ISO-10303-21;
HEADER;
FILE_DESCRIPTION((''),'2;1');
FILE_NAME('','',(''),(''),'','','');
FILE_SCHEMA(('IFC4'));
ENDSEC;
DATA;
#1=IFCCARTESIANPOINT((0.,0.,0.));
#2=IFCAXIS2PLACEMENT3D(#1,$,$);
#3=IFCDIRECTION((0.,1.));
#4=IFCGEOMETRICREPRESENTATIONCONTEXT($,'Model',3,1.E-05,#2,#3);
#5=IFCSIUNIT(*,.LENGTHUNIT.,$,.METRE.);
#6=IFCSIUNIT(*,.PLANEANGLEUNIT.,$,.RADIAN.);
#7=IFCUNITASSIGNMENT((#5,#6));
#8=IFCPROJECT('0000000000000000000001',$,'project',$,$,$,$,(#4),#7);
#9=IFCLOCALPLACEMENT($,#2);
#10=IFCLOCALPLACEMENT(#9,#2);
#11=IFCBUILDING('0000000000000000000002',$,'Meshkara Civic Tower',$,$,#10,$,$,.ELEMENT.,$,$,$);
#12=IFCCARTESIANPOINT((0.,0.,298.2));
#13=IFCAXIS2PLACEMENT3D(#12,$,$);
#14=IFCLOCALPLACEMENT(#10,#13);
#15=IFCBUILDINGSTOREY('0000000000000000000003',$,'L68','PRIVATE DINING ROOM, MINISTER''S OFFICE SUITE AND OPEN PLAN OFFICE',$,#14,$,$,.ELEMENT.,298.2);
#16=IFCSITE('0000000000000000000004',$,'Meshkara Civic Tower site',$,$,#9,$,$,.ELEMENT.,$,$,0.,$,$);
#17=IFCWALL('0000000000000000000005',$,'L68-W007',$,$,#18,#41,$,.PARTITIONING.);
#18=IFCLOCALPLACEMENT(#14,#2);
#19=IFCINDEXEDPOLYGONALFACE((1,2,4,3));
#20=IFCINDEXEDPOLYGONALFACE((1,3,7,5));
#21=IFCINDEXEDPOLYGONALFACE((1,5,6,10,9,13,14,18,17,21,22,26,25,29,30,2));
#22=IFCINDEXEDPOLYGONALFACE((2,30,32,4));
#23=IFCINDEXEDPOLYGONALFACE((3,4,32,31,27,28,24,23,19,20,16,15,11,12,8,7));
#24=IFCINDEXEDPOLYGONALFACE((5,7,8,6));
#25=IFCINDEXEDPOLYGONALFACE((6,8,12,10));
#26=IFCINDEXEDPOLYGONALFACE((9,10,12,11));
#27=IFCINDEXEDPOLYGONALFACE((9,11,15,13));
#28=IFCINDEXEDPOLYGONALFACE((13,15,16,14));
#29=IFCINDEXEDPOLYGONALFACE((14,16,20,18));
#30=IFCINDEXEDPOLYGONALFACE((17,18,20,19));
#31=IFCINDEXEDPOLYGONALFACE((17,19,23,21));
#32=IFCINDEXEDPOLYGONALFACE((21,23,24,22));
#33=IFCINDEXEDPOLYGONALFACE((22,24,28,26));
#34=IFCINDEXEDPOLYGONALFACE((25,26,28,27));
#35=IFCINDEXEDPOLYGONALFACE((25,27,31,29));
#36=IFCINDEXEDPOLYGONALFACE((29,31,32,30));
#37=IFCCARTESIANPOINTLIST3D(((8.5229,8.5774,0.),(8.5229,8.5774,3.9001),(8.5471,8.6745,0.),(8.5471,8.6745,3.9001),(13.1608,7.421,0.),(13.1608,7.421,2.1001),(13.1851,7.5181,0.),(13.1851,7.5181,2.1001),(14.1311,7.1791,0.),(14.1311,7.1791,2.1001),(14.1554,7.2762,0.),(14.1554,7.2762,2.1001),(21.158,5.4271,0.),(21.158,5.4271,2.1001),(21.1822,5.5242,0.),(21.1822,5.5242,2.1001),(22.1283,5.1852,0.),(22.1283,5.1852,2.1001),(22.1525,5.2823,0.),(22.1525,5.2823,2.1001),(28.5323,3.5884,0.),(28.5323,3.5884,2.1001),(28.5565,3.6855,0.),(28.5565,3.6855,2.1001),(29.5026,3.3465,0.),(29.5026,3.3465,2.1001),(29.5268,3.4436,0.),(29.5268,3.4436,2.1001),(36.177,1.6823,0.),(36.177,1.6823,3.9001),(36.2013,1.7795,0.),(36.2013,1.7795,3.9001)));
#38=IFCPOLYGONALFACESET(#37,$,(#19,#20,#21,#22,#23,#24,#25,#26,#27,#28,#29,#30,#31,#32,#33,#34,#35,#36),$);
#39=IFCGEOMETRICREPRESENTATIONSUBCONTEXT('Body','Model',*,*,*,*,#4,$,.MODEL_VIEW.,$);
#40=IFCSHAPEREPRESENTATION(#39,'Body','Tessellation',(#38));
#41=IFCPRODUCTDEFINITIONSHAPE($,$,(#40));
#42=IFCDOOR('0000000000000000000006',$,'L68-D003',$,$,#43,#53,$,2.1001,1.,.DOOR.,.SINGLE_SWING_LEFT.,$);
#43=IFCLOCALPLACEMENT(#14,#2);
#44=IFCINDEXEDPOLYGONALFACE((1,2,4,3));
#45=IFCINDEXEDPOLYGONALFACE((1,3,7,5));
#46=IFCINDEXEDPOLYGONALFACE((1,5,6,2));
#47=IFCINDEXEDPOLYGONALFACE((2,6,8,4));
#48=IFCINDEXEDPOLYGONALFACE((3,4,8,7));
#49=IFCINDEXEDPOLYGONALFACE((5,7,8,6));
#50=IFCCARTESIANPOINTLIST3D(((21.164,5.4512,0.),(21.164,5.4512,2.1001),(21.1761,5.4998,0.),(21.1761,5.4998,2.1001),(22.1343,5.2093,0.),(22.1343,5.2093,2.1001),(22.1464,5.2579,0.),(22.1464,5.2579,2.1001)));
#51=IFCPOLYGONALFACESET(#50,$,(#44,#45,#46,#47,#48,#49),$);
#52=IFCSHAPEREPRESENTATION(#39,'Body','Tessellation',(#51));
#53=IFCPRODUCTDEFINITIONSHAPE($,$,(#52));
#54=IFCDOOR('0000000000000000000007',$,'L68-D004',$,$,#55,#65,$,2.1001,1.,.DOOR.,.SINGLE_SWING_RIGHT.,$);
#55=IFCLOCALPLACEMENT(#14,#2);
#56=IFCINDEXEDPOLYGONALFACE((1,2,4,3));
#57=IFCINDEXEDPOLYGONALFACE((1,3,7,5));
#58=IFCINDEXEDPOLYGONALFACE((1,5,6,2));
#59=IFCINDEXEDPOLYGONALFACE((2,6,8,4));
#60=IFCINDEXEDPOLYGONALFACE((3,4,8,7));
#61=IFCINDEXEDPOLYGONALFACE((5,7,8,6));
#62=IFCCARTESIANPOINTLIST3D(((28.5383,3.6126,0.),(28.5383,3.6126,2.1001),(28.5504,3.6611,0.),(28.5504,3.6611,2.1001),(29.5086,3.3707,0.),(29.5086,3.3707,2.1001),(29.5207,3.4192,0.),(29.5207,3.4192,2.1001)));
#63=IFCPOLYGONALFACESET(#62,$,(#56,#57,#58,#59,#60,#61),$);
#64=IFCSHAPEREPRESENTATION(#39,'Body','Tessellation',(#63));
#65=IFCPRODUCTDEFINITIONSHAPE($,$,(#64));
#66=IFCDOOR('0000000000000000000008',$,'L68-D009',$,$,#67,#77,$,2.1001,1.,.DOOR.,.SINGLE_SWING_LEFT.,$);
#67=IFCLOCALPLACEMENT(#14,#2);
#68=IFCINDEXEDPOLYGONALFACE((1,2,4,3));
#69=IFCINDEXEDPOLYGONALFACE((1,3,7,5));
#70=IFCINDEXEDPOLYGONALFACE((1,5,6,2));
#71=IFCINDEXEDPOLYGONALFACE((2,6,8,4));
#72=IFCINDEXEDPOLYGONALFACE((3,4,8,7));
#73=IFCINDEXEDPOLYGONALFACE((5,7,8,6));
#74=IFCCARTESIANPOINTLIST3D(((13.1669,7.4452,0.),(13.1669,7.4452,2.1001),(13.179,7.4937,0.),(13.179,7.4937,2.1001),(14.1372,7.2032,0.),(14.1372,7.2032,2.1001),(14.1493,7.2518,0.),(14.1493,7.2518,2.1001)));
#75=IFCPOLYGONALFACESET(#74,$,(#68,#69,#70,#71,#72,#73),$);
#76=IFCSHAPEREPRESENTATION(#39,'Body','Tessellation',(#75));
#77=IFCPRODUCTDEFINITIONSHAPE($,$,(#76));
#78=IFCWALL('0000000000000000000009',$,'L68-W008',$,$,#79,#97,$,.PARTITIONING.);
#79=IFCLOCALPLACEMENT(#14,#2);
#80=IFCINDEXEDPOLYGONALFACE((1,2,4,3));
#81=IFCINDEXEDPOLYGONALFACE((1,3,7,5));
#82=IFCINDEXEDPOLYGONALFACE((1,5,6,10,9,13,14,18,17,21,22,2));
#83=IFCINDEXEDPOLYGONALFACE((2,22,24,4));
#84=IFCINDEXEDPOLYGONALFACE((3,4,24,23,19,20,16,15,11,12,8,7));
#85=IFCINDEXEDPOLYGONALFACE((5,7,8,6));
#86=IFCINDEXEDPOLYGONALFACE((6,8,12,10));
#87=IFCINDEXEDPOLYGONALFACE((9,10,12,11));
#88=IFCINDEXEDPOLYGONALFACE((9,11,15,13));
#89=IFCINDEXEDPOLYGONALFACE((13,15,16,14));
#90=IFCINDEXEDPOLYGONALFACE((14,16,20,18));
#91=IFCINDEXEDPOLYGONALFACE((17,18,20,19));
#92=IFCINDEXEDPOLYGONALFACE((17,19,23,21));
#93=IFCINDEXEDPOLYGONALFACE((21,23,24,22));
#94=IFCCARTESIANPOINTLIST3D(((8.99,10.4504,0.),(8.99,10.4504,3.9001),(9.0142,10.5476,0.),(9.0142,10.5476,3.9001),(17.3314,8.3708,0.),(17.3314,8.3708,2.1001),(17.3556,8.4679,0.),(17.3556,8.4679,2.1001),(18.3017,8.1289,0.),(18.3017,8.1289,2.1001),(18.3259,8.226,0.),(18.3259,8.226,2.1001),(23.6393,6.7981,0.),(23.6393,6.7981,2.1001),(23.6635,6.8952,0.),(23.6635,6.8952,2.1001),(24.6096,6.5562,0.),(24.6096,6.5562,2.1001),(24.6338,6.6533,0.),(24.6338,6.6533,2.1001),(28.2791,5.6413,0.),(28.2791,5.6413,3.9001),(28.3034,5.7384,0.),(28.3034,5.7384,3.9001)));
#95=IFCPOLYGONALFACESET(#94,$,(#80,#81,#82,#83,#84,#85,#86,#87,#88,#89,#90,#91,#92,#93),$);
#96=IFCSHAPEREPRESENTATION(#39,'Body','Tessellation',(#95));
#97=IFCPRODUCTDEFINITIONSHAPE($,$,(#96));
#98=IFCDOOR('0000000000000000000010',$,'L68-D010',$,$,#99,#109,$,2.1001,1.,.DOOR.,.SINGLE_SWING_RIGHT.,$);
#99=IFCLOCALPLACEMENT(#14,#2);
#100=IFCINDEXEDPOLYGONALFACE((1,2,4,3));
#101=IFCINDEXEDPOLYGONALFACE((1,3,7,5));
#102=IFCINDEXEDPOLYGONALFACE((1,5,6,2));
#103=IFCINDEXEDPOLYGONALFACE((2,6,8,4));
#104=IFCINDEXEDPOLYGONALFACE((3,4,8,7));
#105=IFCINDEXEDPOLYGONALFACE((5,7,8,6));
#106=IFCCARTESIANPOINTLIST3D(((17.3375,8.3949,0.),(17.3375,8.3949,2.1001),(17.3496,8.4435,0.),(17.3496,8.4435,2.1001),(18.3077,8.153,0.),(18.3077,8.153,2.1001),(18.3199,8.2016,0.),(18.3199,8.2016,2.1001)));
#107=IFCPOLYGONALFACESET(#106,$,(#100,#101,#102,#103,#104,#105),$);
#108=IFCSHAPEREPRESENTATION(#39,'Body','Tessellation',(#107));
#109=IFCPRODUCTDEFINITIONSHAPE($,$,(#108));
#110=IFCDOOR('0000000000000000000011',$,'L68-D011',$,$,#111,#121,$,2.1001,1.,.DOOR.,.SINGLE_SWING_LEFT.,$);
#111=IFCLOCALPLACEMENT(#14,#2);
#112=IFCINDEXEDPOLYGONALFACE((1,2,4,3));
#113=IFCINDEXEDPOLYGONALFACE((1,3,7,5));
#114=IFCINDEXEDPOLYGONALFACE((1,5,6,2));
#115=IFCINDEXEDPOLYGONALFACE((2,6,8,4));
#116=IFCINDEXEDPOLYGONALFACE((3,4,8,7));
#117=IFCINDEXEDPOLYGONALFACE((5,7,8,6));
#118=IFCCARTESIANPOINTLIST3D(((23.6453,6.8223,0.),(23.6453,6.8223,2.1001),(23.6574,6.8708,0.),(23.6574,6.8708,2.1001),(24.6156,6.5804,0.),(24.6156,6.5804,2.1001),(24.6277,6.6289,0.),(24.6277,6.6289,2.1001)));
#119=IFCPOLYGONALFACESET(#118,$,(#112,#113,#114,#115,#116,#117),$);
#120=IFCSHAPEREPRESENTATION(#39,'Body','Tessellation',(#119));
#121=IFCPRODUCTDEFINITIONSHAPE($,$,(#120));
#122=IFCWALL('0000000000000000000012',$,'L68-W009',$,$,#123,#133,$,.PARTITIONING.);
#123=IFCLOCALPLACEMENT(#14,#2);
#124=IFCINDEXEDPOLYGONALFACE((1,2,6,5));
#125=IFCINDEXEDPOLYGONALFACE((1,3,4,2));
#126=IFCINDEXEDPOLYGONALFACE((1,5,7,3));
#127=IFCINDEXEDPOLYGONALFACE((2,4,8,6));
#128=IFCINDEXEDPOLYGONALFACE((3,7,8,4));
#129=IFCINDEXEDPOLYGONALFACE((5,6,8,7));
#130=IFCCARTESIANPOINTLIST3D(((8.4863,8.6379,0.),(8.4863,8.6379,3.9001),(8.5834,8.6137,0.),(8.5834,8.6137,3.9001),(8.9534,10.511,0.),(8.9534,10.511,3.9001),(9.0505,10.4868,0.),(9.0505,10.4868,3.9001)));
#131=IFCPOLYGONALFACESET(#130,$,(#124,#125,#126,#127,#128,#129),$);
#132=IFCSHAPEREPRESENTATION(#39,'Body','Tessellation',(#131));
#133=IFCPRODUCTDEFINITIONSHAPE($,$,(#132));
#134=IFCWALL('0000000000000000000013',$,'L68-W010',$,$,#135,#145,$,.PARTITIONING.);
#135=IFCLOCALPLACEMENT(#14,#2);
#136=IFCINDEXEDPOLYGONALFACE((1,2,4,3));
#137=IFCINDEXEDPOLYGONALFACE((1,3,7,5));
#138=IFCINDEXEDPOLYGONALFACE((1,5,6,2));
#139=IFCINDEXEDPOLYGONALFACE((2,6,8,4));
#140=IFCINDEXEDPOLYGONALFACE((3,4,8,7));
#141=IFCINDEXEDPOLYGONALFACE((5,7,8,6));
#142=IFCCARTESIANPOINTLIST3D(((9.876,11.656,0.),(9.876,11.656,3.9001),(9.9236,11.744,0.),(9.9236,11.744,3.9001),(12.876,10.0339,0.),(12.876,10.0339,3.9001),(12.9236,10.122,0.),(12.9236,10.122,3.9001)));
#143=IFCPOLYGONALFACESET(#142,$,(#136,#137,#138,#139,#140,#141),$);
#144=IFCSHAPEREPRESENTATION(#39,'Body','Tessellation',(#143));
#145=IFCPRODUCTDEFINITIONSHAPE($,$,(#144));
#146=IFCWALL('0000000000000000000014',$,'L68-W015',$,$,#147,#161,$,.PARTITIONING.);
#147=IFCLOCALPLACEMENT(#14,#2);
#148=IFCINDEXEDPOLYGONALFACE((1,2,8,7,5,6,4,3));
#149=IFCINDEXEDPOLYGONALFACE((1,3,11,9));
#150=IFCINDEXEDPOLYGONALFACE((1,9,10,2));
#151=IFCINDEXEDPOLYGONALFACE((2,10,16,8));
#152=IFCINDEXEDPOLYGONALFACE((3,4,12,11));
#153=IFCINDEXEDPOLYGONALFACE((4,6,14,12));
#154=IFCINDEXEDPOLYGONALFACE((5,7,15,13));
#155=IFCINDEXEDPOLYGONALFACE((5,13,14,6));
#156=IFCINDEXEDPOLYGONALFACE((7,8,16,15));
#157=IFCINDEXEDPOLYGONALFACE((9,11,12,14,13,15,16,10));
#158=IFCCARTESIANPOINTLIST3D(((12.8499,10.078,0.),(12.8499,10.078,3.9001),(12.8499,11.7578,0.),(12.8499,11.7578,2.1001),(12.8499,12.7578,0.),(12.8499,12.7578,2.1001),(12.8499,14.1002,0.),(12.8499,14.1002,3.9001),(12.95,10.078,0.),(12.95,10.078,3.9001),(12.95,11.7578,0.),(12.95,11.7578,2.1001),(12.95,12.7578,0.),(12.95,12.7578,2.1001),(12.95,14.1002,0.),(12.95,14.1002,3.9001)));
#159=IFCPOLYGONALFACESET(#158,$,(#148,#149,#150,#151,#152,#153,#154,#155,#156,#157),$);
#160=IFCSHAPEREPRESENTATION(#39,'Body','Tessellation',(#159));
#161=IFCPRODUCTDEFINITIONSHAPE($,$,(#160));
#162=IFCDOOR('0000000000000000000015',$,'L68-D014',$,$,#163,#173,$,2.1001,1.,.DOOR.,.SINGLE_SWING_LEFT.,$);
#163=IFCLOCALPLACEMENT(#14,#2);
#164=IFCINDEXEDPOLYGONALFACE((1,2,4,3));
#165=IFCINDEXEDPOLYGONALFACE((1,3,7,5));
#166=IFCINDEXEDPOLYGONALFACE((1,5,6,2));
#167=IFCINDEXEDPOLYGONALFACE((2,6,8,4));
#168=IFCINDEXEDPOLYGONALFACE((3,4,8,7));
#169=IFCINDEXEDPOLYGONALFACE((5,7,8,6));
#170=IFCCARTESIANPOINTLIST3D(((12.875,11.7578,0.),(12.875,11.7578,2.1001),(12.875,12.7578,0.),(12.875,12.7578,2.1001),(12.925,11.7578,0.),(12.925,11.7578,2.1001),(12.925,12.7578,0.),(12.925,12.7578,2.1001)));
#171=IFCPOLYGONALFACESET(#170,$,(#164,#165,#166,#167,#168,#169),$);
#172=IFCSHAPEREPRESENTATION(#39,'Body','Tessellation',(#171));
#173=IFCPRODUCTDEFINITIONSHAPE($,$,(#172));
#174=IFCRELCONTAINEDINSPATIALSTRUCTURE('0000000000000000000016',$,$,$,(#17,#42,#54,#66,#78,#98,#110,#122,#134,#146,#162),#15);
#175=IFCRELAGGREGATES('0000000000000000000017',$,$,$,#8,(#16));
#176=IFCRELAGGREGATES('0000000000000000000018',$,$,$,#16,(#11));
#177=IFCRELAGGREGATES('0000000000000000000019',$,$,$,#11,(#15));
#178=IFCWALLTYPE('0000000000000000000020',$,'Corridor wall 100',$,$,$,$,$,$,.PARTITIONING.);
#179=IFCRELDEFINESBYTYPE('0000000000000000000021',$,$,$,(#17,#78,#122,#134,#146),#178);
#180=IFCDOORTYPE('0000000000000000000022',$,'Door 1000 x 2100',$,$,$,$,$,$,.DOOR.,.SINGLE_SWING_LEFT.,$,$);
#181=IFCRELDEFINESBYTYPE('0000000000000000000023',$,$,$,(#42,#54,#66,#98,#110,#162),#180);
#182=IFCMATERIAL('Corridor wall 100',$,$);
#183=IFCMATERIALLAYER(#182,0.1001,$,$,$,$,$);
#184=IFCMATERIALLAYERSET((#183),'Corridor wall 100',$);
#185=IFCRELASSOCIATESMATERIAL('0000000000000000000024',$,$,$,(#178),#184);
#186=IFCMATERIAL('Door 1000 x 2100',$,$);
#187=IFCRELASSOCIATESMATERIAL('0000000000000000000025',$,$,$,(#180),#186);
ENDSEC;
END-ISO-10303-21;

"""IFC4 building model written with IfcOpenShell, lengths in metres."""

from ifc_helpers import new_model, si_unit, direction, frame, frame_2d, origin, place, context, subcontext, project, spatial, rectangle, extrude, material, layer, layer_set, type_object, element, fill, save


model = new_model("IFC4")

# Units and contexts
model_context = context("Model", 3, precision=1e-05, world=origin(), true_north=direction((0.0, 1.0)))
body_context = subcontext(model_context, "Body", "Model", "MODEL_VIEW")
ifc_project = project(units=[si_unit("LENGTHUNIT", "METRE"), si_unit("PLANEANGLEUNIT", "RADIAN")], contexts=[model_context])

# Site, building, storey
site_placement = place(None, origin())
site = spatial("IfcSite", under=ifc_project, at=site_placement, Name="Meshkara Civic Tower site", CompositionType="ELEMENT", RefElevation=0.0)
building_placement = place(site_placement, origin())
building = spatial("IfcBuilding", under=site, at=building_placement, Name="Meshkara Civic Tower", CompositionType="ELEMENT")
storey_placement = place(building_placement, frame((0.0, 0.0, 298.2)))
storey = spatial("IfcBuildingStorey", under=building, at=storey_placement, Name="L68", Description="PRIVATE DINING ROOM, MINISTER'S OFFICE SUITE AND OPEN PLAN OFFICE", CompositionType="ELEMENT", Elevation=298.2)

# Shared definitions
ifc_material_1 = material(Name="Corridor wall 100")
ifc_layer_1 = layer(ifc_material_1, 0.1001)
ifc_layer_set_1 = layer_set([ifc_layer_1], Name="Corridor wall 100")
wall_type_1 = type_object("IfcWallType", Name="Corridor wall 100", PredefinedType="PARTITIONING", material=ifc_layer_set_1)
ifc_material_2 = material(Name="Door 1000 x 2100")
door_type = type_object("IfcDoorType", Name="Door 1000 x 2100", OperationType="SINGLE_SWING_LEFT", PredefinedType="DOOR", material=ifc_material_2)

# Walls, openings, doors
wall_1_placement = place(storey_placement, frame((8.5349, 8.626, 0.0), z_axis=(0.0, 0.0, 1.0), x_axis=(0.970295, -0.241925, 0.0)))
wall_1 = element("IfcWall", 1, at=wall_1_placement, inside=storey, type_object=wall_type_1, Name="L68-W007", PredefinedType="PARTITIONING", context=body_context, shape_type="SweptSolid", body=[
    extrude(rectangle(XDim=28.5007, YDim=0.1001, at=frame_2d((14.2505, 0.0))), origin(), (0.0, 0.0, 1.0), 3.9001),
])
opening_1_placement = place(wall_1_placement, frame((13.022, 0.0, 0.0)))
opening_1 = element("IfcOpeningElement", 2, at=opening_1_placement, cuts=wall_1, PredefinedType="OPENING", context=body_context, shape_type="SweptSolid", body=[
    extrude(rectangle(XDim=1.0, YDim=2.1001, at=frame_2d((0.5, 1.05))), frame((0.0, 0.0601, 0.0), z_axis=(0.0, -1.0, 0.0), x_axis=(1.0, 0.0, 0.0)), (0.0, 0.0, 1.0), 0.1201),
])
opening_2_placement = place(wall_1_placement, frame((20.6221, 0.0, 0.0)))
opening_2 = element("IfcOpeningElement", 3, at=opening_2_placement, cuts=wall_1, PredefinedType="OPENING", context=body_context, shape_type="SweptSolid", body=[
    extrude(rectangle(XDim=1.0, YDim=2.1001, at=frame_2d((0.5, 1.05))), frame((0.0, 0.0601, 0.0), z_axis=(0.0, -1.0, 0.0), x_axis=(1.0, 0.0, 0.0)), (0.0, 0.0, 1.0), 0.1201),
])
opening_3_placement = place(wall_1_placement, frame((4.78, 0.0, 0.0)))
opening_3 = element("IfcOpeningElement", 4, at=opening_3_placement, cuts=wall_1, PredefinedType="OPENING", context=body_context, shape_type="SweptSolid", body=[
    extrude(rectangle(XDim=1.0, YDim=2.1001, at=frame_2d((0.5, 1.05))), frame((0.0, 0.0601, 0.0), z_axis=(0.0, -1.0, 0.0), x_axis=(1.0, 0.0, 0.0)), (0.0, 0.0, 1.0), 0.1201),
])
door_1_placement = place(opening_1_placement, origin())
door_1 = element("IfcDoor", 5, at=door_1_placement, inside=storey, type_object=door_type, Name="L68-D003", OperationType="SINGLE_SWING_LEFT", OverallHeight=2.1001, OverallWidth=1.0, PredefinedType="DOOR", context=body_context, shape_type="SweptSolid", body=[
    extrude(rectangle(XDim=1.0, YDim=2.1001, at=frame_2d((0.5, 1.05))), frame((0.0, 0.0249, 0.0), z_axis=(0.0, -1.0, 0.0), x_axis=(1.0, 0.0, 0.0)), (0.0, 0.0, 1.0), 0.05),
])
fill(opening_1, door_1)
door_2_placement = place(opening_2_placement, origin())
door_2 = element("IfcDoor", 6, at=door_2_placement, inside=storey, type_object=door_type, Name="L68-D004", OperationType="SINGLE_SWING_RIGHT", OverallHeight=2.1001, OverallWidth=1.0, PredefinedType="DOOR", context=body_context, shape_type="SweptSolid", body=[
    extrude(rectangle(XDim=1.0, YDim=2.1001, at=frame_2d((0.5, 1.05))), frame((0.0, 0.0249, 0.0), z_axis=(0.0, -1.0, 0.0), x_axis=(1.0, 0.0, 0.0)), (0.0, 0.0, 1.0), 0.05),
])
fill(opening_2, door_2)
door_3_placement = place(opening_3_placement, origin())
door_3 = element("IfcDoor", 7, at=door_3_placement, inside=storey, type_object=door_type, Name="L68-D009", OperationType="SINGLE_SWING_LEFT", OverallHeight=2.1001, OverallWidth=1.0, PredefinedType="DOOR", context=body_context, shape_type="SweptSolid", body=[
    extrude(rectangle(XDim=1.0, YDim=2.1001, at=frame_2d((0.5, 1.05))), frame((0.0, 0.0249, 0.0), z_axis=(0.0, -1.0, 0.0), x_axis=(1.0, 0.0, 0.0)), (0.0, 0.0, 1.0), 0.05),
])
fill(opening_3, door_3)
wall_2_placement = place(storey_placement, frame((9.002, 10.499, 0.0), z_axis=(0.0, 0.0, 1.0), x_axis=(0.970298, -0.241911, 0.0)))
wall_2 = element("IfcWall", 8, at=wall_2_placement, inside=storey, type_object=wall_type_1, Name="L68-W008", PredefinedType="PARTITIONING", context=body_context, shape_type="SweptSolid", body=[
    extrude(rectangle(XDim=19.8796, YDim=0.1001, at=frame_2d((9.9399, 0.0))), origin(), (0.0, 0.0, 1.0), 3.9001),
])
opening_4_placement = place(wall_2_placement, frame((8.5969, 0.0, 0.0)))
opening_4 = element("IfcOpeningElement", 9, at=opening_4_placement, cuts=wall_2, PredefinedType="OPENING", context=body_context, shape_type="SweptSolid", body=[
    extrude(rectangle(XDim=1.0, YDim=2.1001, at=frame_2d((0.5, 1.05))), frame((0.0, 0.0601, 0.0), z_axis=(0.0, -1.0, 0.0), x_axis=(1.0, 0.0, 0.0)), (0.0, 0.0, 1.0), 0.1201),
])
opening_5_placement = place(wall_2_placement, frame((15.0979, 0.0, 0.0)))
opening_5 = element("IfcOpeningElement", 10, at=opening_5_placement, cuts=wall_2, PredefinedType="OPENING", context=body_context, shape_type="SweptSolid", body=[
    extrude(rectangle(XDim=1.0, YDim=2.1001, at=frame_2d((0.5, 1.05))), frame((0.0, 0.0601, 0.0), z_axis=(0.0, -1.0, 0.0), x_axis=(1.0, 0.0, 0.0)), (0.0, 0.0, 1.0), 0.1201),
])
door_4_placement = place(opening_4_placement, origin())
door_4 = element("IfcDoor", 11, at=door_4_placement, inside=storey, type_object=door_type, Name="L68-D010", OperationType="SINGLE_SWING_RIGHT", OverallHeight=2.1001, OverallWidth=1.0, PredefinedType="DOOR", context=body_context, shape_type="SweptSolid", body=[
    extrude(rectangle(XDim=1.0, YDim=2.1001, at=frame_2d((0.5, 1.05))), frame((0.0, 0.0249, 0.0), z_axis=(0.0, -1.0, 0.0), x_axis=(1.0, 0.0, 0.0)), (0.0, 0.0, 1.0), 0.05),
])
fill(opening_4, door_4)
door_5_placement = place(opening_5_placement, origin())
door_5 = element("IfcDoor", 12, at=door_5_placement, inside=storey, type_object=door_type, Name="L68-D011", OperationType="SINGLE_SWING_LEFT", OverallHeight=2.1001, OverallWidth=1.0, PredefinedType="DOOR", context=body_context, shape_type="SweptSolid", body=[
    extrude(rectangle(XDim=1.0, YDim=2.1001, at=frame_2d((0.5, 1.05))), frame((0.0, 0.0249, 0.0), z_axis=(0.0, -1.0, 0.0), x_axis=(1.0, 0.0, 0.0)), (0.0, 0.0, 1.0), 0.05),
])
fill(opening_5, door_5)

# Walls
wall_3_placement = place(storey_placement, frame((9.002, 10.499, 0.0), z_axis=(0.0, 0.0, 1.0), x_axis=(-0.24194, -0.970291, 0.0)))
element("IfcWall", 13, at=wall_3_placement, inside=storey, type_object=wall_type_1, Name="L68-W009", PredefinedType="PARTITIONING", context=body_context, shape_type="SweptSolid", body=[
    extrude(rectangle(XDim=1.9304, YDim=0.1001, at=frame_2d((0.9653, 0.0))), origin(), (0.0, 0.0, 1.0), 3.9001),
])
wall_4_placement = place(storey_placement, frame((9.8999, 11.7, 0.0), z_axis=(0.0, 0.0, 1.0), x_axis=(0.879651, -0.475619, 0.0)))
element("IfcWall", 14, at=wall_4_placement, inside=storey, type_object=wall_type_1, Name="L68-W010", PredefinedType="PARTITIONING", context=body_context, shape_type="SweptSolid", body=[
    extrude(rectangle(XDim=3.4104, YDim=0.1001, at=frame_2d((1.7051, 0.0))), origin(), (0.0, 0.0, 1.0), 3.9001),
])

# Wall, opening, door
wall_5_placement = place(storey_placement, frame((12.8999, 10.0779, 0.0), z_axis=(0.0, 0.0, 1.0), x_axis=(0.0, 1.0, 0.0)))
wall_5 = element("IfcWall", 15, at=wall_5_placement, inside=storey, type_object=wall_type_1, Name="L68-W015", PredefinedType="PARTITIONING", context=body_context, shape_type="SweptSolid", body=[
    extrude(rectangle(XDim=4.0222, YDim=0.1001, at=frame_2d((2.0112, 0.0))), origin(), (0.0, 0.0, 1.0), 3.9001),
])
opening_6_placement = place(wall_5_placement, frame((1.6799, 0.0, 0.0)))
opening_6 = element("IfcOpeningElement", 16, at=opening_6_placement, cuts=wall_5, PredefinedType="OPENING", context=body_context, shape_type="SweptSolid", body=[
    extrude(rectangle(XDim=1.0, YDim=2.1001, at=frame_2d((0.5, 1.05))), frame((0.0, 0.0601, 0.0), z_axis=(0.0, -1.0, 0.0), x_axis=(1.0, 0.0, 0.0)), (0.0, 0.0, 1.0), 0.1201),
])
door_6_placement = place(opening_6_placement, origin())
door_6 = element("IfcDoor", 17, at=door_6_placement, inside=storey, type_object=door_type, Name="L68-D014", OperationType="SINGLE_SWING_LEFT", OverallHeight=2.1001, OverallWidth=1.0, PredefinedType="DOOR", context=body_context, shape_type="SweptSolid", body=[
    extrude(rectangle(XDim=1.0, YDim=2.1001, at=frame_2d((0.5, 1.05))), frame((0.0, 0.0249, 0.0), z_axis=(0.0, -1.0, 0.0), x_axis=(1.0, 0.0, 0.0)), (0.0, 0.0, 1.0), 0.05),
])
fill(opening_6, door_6)

save(model, "model.ifc")
